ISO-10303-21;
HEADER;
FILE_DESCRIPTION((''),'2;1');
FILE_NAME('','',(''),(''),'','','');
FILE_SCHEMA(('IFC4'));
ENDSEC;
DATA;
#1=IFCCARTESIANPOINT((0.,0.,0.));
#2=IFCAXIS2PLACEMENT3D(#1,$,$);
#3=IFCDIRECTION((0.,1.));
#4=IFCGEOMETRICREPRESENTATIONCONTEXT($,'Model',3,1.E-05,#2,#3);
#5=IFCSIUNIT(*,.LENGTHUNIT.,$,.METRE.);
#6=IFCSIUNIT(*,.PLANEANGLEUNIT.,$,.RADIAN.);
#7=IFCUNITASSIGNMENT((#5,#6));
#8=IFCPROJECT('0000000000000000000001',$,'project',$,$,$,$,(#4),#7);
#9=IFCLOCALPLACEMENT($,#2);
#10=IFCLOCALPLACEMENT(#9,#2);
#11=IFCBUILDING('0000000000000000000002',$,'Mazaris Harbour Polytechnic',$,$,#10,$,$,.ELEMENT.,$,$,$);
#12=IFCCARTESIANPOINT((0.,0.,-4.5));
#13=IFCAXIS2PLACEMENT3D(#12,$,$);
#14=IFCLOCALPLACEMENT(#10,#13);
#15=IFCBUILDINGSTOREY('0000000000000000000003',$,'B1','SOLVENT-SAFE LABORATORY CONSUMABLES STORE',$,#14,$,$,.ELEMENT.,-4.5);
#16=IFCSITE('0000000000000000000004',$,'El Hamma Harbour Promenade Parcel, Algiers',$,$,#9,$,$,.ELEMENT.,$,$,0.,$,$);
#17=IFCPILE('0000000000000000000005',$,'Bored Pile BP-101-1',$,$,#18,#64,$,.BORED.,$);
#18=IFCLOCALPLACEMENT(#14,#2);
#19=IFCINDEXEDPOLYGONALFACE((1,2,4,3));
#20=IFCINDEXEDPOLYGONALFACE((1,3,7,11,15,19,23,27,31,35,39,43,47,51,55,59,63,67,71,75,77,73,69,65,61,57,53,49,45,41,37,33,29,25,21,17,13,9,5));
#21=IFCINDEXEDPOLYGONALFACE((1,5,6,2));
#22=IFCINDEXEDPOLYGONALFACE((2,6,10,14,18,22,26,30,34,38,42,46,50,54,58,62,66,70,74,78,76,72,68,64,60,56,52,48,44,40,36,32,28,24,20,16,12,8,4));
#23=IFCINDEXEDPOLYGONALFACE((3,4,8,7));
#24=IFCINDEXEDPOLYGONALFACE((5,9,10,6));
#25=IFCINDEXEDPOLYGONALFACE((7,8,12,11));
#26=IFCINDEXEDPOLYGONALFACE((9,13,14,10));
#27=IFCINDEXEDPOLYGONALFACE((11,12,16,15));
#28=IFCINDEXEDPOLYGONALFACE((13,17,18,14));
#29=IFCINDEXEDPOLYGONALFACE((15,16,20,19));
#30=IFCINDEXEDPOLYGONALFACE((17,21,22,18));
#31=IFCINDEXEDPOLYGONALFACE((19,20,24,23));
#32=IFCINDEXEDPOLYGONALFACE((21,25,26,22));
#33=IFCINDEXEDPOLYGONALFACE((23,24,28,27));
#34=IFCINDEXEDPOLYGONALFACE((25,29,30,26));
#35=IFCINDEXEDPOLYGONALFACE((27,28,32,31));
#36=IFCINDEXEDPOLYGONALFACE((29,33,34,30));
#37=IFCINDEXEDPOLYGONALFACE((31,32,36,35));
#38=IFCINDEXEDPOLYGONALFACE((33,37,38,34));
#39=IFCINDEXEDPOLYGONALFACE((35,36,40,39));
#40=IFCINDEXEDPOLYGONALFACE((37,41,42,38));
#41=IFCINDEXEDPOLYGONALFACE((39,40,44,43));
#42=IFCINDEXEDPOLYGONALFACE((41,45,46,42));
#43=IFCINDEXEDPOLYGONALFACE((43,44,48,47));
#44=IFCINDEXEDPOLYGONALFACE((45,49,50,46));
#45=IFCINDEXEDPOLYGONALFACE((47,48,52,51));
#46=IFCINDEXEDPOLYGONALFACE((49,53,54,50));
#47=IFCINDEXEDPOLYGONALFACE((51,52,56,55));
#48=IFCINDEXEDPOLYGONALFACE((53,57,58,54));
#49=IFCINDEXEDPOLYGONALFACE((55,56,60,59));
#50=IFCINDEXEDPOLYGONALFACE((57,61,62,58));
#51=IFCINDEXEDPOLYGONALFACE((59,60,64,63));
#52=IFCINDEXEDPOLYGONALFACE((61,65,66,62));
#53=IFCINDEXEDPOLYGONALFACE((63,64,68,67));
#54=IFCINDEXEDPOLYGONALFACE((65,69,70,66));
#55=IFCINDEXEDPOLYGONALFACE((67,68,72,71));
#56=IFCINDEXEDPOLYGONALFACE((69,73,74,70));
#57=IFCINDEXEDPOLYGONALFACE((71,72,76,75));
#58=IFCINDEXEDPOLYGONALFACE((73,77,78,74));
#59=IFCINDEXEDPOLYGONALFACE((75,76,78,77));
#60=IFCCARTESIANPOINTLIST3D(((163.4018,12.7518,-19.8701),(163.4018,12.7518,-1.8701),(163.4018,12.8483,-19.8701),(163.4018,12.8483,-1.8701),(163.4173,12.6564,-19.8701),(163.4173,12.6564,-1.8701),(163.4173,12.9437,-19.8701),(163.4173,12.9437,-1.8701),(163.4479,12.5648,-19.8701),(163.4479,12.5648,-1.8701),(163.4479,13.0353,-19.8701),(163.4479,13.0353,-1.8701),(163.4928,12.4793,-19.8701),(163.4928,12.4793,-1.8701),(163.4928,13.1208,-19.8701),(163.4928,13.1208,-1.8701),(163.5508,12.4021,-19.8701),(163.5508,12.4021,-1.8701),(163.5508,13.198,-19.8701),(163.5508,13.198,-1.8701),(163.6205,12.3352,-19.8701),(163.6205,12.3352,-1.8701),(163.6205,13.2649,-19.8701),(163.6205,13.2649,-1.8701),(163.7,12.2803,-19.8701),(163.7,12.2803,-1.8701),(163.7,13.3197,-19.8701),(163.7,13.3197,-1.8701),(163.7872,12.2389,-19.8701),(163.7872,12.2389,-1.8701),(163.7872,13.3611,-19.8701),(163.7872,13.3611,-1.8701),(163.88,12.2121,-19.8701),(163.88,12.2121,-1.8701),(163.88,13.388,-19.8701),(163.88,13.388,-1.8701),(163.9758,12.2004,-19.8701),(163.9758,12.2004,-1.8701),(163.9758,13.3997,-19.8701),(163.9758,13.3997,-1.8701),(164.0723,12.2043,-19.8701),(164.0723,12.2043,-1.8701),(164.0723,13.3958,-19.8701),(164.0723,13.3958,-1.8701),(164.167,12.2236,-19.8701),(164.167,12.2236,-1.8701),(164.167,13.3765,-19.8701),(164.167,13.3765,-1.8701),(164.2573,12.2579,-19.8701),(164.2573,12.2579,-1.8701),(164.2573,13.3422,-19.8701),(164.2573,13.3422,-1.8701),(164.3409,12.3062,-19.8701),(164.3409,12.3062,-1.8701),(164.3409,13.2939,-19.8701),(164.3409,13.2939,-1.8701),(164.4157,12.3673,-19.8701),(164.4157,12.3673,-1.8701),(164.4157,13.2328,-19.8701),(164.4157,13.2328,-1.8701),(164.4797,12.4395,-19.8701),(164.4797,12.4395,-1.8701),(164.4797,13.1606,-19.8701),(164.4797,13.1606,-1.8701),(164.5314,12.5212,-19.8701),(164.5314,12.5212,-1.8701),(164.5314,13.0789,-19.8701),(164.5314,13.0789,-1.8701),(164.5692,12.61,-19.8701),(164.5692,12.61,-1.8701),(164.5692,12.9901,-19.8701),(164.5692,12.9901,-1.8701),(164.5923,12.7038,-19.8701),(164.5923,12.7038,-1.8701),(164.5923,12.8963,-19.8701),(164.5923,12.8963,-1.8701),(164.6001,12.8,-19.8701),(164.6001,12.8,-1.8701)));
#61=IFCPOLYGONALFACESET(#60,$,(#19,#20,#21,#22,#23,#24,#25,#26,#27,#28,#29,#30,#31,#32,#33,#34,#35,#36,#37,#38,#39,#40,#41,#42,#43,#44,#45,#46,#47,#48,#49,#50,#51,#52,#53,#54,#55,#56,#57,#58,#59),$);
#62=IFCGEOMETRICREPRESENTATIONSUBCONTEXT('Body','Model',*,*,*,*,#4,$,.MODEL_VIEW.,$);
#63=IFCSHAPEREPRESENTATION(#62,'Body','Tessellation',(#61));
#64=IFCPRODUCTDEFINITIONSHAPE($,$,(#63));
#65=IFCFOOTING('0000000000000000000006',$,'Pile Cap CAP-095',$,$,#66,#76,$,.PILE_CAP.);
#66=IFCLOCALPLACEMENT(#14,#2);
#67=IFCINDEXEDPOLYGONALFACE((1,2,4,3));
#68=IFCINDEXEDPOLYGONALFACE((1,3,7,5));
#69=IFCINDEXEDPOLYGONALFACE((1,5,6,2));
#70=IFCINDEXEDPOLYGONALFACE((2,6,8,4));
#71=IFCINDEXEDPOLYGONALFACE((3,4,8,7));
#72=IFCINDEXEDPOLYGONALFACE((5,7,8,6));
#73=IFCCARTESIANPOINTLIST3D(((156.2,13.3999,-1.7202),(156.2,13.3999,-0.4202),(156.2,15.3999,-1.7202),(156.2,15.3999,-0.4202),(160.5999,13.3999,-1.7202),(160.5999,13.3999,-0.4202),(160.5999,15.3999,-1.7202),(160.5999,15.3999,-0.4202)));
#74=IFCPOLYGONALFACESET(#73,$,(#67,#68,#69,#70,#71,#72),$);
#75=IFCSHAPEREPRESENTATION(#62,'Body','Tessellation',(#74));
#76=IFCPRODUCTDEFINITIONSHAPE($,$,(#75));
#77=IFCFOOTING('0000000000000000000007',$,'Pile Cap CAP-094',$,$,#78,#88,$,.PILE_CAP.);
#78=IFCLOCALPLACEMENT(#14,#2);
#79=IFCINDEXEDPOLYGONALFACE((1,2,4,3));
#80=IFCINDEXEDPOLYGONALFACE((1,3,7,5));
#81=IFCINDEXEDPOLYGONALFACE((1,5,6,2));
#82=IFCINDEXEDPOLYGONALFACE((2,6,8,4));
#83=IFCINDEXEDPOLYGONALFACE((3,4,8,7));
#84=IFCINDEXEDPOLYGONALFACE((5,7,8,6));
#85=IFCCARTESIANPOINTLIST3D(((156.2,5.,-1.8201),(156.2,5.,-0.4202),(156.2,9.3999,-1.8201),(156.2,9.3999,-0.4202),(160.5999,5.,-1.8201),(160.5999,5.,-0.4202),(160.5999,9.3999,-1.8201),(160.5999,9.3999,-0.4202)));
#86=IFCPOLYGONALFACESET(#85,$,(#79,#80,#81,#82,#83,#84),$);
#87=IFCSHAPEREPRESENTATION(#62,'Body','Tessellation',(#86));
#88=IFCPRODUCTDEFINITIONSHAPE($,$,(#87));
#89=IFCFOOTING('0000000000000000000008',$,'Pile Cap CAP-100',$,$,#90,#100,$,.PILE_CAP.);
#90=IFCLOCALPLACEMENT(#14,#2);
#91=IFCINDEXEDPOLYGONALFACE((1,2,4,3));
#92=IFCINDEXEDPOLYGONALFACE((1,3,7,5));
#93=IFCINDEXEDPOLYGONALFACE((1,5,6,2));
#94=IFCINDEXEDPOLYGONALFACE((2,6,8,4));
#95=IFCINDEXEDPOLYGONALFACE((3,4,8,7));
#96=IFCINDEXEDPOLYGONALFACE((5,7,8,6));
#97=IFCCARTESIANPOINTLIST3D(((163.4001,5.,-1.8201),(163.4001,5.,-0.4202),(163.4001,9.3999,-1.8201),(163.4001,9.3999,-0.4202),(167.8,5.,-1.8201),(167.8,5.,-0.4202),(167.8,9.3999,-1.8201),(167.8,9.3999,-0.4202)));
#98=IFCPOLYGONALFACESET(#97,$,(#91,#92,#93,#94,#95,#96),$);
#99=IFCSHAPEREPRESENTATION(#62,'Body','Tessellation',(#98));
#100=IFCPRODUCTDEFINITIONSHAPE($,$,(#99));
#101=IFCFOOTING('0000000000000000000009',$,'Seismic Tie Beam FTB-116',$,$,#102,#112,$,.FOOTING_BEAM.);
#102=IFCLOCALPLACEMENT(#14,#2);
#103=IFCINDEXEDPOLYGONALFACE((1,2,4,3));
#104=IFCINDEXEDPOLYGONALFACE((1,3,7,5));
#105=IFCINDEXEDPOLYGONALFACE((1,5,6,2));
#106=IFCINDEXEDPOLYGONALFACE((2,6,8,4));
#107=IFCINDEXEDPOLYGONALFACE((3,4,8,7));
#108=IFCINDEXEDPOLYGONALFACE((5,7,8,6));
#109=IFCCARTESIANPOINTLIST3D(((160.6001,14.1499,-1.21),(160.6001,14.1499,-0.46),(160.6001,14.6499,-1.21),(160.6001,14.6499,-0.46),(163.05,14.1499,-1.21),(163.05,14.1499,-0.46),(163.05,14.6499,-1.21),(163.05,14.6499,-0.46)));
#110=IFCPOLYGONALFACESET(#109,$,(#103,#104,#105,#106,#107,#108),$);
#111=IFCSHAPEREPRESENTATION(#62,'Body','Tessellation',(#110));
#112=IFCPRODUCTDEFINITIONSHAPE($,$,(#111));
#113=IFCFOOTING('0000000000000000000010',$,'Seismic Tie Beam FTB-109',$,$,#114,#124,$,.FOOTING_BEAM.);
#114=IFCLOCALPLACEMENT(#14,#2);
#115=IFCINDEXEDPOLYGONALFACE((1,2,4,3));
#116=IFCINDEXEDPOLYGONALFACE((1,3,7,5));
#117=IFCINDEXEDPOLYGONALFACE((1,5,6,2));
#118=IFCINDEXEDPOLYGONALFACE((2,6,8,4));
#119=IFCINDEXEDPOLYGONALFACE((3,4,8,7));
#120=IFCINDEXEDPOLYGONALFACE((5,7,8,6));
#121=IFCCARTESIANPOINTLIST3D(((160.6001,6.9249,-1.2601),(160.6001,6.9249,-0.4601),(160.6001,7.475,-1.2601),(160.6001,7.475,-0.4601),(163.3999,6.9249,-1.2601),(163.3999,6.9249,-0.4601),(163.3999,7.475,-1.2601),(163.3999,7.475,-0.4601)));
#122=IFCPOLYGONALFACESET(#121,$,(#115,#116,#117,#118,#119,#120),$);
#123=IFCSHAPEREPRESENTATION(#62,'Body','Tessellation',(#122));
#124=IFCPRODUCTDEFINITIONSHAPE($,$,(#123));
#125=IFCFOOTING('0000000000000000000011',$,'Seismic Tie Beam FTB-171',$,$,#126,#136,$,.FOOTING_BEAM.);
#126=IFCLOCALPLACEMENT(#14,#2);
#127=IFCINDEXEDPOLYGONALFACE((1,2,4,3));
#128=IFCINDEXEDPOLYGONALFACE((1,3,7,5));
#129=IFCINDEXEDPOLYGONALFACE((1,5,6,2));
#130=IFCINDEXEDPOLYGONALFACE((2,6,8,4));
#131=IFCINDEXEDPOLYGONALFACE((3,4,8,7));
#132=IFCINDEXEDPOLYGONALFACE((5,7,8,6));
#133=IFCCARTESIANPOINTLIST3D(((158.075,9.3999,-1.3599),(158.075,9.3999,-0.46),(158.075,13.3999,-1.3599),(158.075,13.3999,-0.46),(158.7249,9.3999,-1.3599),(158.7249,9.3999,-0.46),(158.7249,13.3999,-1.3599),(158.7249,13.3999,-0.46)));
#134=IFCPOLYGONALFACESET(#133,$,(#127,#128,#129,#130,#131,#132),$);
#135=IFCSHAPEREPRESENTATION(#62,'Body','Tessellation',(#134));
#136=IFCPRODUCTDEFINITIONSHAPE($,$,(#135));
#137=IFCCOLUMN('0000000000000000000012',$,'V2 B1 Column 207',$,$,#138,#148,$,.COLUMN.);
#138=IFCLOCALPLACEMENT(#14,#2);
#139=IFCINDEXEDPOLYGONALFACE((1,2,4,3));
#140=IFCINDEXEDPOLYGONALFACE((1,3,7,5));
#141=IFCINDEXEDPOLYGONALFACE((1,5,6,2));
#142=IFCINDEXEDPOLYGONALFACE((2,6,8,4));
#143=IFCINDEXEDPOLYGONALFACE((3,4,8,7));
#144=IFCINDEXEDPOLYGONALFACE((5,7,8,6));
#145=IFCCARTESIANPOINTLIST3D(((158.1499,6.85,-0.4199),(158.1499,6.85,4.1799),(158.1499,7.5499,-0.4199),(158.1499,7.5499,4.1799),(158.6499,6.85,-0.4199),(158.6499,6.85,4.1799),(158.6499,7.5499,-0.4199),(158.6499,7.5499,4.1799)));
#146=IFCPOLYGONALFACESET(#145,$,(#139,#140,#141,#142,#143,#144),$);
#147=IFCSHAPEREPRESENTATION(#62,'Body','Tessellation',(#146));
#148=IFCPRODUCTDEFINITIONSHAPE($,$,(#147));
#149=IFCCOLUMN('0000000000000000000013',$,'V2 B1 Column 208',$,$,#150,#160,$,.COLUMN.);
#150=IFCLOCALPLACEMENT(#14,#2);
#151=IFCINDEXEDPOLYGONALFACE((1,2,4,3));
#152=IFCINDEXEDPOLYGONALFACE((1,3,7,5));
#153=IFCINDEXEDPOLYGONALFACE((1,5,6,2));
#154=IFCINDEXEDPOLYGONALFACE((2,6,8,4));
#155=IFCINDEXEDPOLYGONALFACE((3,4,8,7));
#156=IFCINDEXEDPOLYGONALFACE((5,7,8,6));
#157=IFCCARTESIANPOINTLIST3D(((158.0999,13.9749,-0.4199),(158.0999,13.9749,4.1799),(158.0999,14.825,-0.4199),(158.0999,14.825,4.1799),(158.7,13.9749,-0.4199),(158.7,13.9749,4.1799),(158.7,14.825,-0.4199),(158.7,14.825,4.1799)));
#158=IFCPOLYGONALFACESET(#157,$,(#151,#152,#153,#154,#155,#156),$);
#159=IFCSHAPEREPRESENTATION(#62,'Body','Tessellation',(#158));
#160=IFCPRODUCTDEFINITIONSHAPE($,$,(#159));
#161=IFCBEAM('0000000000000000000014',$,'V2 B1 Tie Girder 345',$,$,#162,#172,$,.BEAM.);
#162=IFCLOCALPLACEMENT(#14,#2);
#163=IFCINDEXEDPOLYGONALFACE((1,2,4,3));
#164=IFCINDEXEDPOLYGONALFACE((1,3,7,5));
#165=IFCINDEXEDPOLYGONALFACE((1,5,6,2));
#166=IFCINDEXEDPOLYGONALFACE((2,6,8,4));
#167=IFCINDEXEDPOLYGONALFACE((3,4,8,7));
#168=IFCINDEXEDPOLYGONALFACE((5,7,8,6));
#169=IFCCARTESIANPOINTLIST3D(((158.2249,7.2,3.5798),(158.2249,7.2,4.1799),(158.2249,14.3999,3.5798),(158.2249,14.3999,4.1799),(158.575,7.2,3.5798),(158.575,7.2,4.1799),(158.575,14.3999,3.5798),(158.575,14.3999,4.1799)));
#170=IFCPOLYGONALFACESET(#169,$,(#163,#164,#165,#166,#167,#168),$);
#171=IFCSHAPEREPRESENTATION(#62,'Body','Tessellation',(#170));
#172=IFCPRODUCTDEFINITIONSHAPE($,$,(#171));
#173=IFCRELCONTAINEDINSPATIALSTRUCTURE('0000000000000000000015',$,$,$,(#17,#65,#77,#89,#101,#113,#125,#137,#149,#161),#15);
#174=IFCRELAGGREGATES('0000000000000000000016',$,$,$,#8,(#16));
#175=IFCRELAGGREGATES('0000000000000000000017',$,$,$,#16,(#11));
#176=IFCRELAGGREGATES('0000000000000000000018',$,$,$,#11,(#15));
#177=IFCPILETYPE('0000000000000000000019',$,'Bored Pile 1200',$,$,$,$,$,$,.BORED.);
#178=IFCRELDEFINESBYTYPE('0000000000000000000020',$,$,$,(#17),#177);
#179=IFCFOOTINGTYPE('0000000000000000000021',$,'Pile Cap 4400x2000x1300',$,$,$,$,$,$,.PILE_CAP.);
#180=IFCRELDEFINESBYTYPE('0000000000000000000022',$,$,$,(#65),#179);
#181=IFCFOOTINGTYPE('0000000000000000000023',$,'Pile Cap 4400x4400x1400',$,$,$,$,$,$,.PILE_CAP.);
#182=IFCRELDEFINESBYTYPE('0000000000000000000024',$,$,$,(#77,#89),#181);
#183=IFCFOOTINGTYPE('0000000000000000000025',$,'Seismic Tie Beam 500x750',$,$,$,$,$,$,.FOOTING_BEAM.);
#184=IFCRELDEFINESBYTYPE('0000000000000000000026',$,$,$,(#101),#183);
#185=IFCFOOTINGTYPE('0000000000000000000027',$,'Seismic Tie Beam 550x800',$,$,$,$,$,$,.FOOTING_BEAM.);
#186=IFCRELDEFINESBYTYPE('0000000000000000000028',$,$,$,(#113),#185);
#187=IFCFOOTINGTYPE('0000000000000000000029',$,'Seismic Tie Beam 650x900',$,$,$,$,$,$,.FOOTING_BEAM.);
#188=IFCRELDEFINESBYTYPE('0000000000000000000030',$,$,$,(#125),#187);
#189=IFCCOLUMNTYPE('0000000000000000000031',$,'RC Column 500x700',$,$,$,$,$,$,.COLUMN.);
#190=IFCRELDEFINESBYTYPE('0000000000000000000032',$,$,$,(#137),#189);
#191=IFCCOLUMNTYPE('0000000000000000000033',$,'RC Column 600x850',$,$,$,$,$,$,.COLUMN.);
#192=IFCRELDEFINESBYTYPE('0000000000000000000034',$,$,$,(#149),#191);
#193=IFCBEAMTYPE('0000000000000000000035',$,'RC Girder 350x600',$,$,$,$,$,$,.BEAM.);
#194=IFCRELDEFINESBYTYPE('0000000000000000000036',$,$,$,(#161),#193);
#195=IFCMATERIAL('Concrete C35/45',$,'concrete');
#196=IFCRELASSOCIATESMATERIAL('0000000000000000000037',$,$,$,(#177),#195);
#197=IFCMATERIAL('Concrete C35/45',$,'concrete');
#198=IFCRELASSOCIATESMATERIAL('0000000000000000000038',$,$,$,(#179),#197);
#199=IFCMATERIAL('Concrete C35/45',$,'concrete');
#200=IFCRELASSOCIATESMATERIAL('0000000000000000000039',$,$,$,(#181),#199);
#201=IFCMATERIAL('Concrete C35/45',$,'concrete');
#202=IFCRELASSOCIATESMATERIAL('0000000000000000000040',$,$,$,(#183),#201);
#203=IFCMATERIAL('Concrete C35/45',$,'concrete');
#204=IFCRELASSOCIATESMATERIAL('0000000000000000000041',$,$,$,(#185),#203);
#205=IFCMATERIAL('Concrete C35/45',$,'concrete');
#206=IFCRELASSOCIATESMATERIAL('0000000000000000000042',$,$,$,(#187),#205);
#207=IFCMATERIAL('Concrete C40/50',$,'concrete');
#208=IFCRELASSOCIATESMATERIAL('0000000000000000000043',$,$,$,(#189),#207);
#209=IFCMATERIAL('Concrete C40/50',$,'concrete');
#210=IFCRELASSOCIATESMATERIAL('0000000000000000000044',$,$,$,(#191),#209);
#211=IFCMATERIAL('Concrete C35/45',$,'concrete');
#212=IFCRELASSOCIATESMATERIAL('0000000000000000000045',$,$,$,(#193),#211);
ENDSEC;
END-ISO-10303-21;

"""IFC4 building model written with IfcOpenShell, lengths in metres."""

from ifc_helpers import new_model, si_unit, direction, frame, origin, origin_2d, place, context, subcontext, project, spatial, rectangle, circle, extrude, material, material_profile, profile_set, type_object, element, save


model = new_model("IFC4")

# Units and contexts
model_context = context("Model", 3, precision=1e-05, world=origin(), true_north=direction((0.0, 1.0)))
body_context = subcontext(model_context, "Body", "Model", "MODEL_VIEW")
ifc_project = project(units=[si_unit("LENGTHUNIT", "METRE"), si_unit("PLANEANGLEUNIT", "RADIAN")], contexts=[model_context])

# Site, building, storey
site_placement = place(None, origin())
site = spatial("IfcSite", under=ifc_project, at=site_placement, Name="El Hamma Harbour Promenade Parcel, Algiers", CompositionType="ELEMENT", RefElevation=0.0)
building_placement = place(site_placement, origin())
building = spatial("IfcBuilding", under=site, at=building_placement, Name="Mazaris Harbour Polytechnic", CompositionType="ELEMENT")
storey_placement = place(building_placement, frame((0.0, 0.0, -4.5)))
storey = spatial("IfcBuildingStorey", under=building, at=storey_placement, Name="B1", Description="SOLVENT-SAFE LABORATORY CONSUMABLES STORE", CompositionType="ELEMENT", Elevation=-4.5)

# Pile
ifc_material_1 = material(Name="Concrete C35/45", Category="concrete")
ifc_material_profile_1 = material_profile(ifc_material_1, circle(Radius=0.6001, at=origin_2d()), Name="DIA1200")
ifc_profile_set_1 = profile_set([ifc_material_profile_1], Name="Concrete C35/45")
pile_type_1 = type_object("IfcPileType", Name="Bored Pile 1200", PredefinedType="BORED", material=ifc_profile_set_1)
pile_placement = place(storey_placement, frame((164.0, 12.8, -1.8701), z_axis=(0.0, 0.0, -1.0), x_axis=(1.0, 0.0, 0.0)))
element("IfcPile", 1, at=pile_placement, inside=storey, type_object=pile_type_1, Name="Bored Pile BP-101-1", PredefinedType="BORED", context=body_context, shape_type="SweptSolid", body=[
    extrude(circle(Radius=0.6001, at=origin_2d()), origin(), (0.0, 0.0, 1.0), 18.0),
])

# Footings
ifc_material_2 = material(Name="Concrete C35/45", Category="concrete")
footing_type_1 = type_object("IfcFootingType", Name="Pile Cap 4400x2000x1300", PredefinedType="PILE_CAP", material=ifc_material_2)
footing_1_placement = place(storey_placement, frame((158.3999, 14.3999, -1.7202), z_axis=(0.0, 0.0, 1.0), x_axis=(1.0, 0.0, 0.0)))
element("IfcFooting", 2, at=footing_1_placement, inside=storey, type_object=footing_type_1, Name="Pile Cap CAP-095", PredefinedType="PILE_CAP", context=body_context, shape_type="SweptSolid", body=[
    extrude(rectangle(XDim=4.3999, YDim=2.0, at=origin_2d()), origin(), (0.0, 0.0, 1.0), 1.3),
])
ifc_material_3 = material(Name="Concrete C35/45", Category="concrete")
footing_type_2 = type_object("IfcFootingType", Name="Pile Cap 4400x4400x1400", PredefinedType="PILE_CAP", material=ifc_material_3)
for number, where, z_axis, x_axis, name in (
    (3, (158.3999, 7.2, -1.8201), (0.0, 0.0, 1.0), (1.0, 0.0, 0.0), "Pile Cap CAP-094"),
    (4, (165.6001, 7.2, -1.8201), (0.0, 0.0, 1.0), (1.0, 0.0, 0.0), "Pile Cap CAP-100"),
):
    element("IfcFooting", number, at=place(storey_placement, frame(where, z_axis=z_axis, x_axis=x_axis)), inside=storey, type_object=footing_type_2, Name=name, PredefinedType="PILE_CAP", context=body_context, shape_type="SweptSolid", body=[
        extrude(rectangle(XDim=4.3999, YDim=4.3999, at=origin_2d()), origin(), (0.0, 0.0, 1.0), 1.3999),
    ])
ifc_material_4 = material(Name="Concrete C35/45", Category="concrete")
ifc_material_profile_2 = material_profile(ifc_material_4, rectangle(XDim=0.5, YDim=0.75, at=origin_2d()), Name="RECT500x750")
ifc_profile_set_2 = profile_set([ifc_material_profile_2], Name="Concrete C35/45")
footing_type_3 = type_object("IfcFootingType", Name="Seismic Tie Beam 500x750", PredefinedType="FOOTING_BEAM", material=ifc_profile_set_2)
footing_2_placement = place(storey_placement, frame((160.6001, 14.3999, -0.835), z_axis=(1.0, 0.0, 0.0), x_axis=(0.0, 1.0, 0.0)))
element("IfcFooting", 5, at=footing_2_placement, inside=storey, type_object=footing_type_3, Name="Seismic Tie Beam FTB-116", PredefinedType="FOOTING_BEAM", context=body_context, shape_type="SweptSolid", body=[
    extrude(rectangle(XDim=0.5, YDim=0.75, at=origin_2d()), origin(), (0.0, 0.0, 1.0), 2.45),
])
ifc_material_5 = material(Name="Concrete C35/45", Category="concrete")
ifc_material_profile_3 = material_profile(ifc_material_5, rectangle(XDim=0.55, YDim=0.8, at=origin_2d()), Name="RECT550x800")
ifc_profile_set_3 = profile_set([ifc_material_profile_3], Name="Concrete C35/45")
footing_type_4 = type_object("IfcFootingType", Name="Seismic Tie Beam 550x800", PredefinedType="FOOTING_BEAM", material=ifc_profile_set_3)
footing_3_placement = place(storey_placement, frame((160.6001, 7.2, -0.8601), z_axis=(1.0, 0.0, 0.0), x_axis=(0.0, 1.0, 0.0)))
element("IfcFooting", 6, at=footing_3_placement, inside=storey, type_object=footing_type_4, Name="Seismic Tie Beam FTB-109", PredefinedType="FOOTING_BEAM", context=body_context, shape_type="SweptSolid", body=[
    extrude(rectangle(XDim=0.55, YDim=0.8, at=origin_2d()), origin(), (0.0, 0.0, 1.0), 2.7998),
])
ifc_material_6 = material(Name="Concrete C35/45", Category="concrete")
ifc_material_profile_4 = material_profile(ifc_material_6, rectangle(XDim=0.6499, YDim=0.8999, at=origin_2d()), Name="RECT650x900")
ifc_profile_set_4 = profile_set([ifc_material_profile_4], Name="Concrete C35/45")
footing_type_5 = type_object("IfcFootingType", Name="Seismic Tie Beam 650x900", PredefinedType="FOOTING_BEAM", material=ifc_profile_set_4)
footing_4_placement = place(storey_placement, frame((158.3999, 9.3999, -0.9099), z_axis=(0.0, 1.0, 0.0), x_axis=(-1.0, 0.0, 0.0)))
element("IfcFooting", 7, at=footing_4_placement, inside=storey, type_object=footing_type_5, Name="Seismic Tie Beam FTB-171", PredefinedType="FOOTING_BEAM", context=body_context, shape_type="SweptSolid", body=[
    extrude(rectangle(XDim=0.6499, YDim=0.8999, at=origin_2d()), origin(), (0.0, 0.0, 1.0), 4.0),
])

# Columns
ifc_material_7 = material(Name="Concrete C40/50", Category="concrete")
ifc_material_profile_5 = material_profile(ifc_material_7, rectangle(XDim=0.5, YDim=0.7, at=origin_2d()), Name="RECT500x700")
ifc_profile_set_5 = profile_set([ifc_material_profile_5], Name="Concrete C40/50")
column_type_1 = type_object("IfcColumnType", Name="RC Column 500x700", PredefinedType="COLUMN", material=ifc_profile_set_5)
column_1_placement = place(storey_placement, frame((158.3999, 7.2, -0.4199), z_axis=(0.0, 0.0, 1.0), x_axis=(1.0, 0.0, 0.0)))
element("IfcColumn", 8, at=column_1_placement, inside=storey, type_object=column_type_1, Name="V2 B1 Column 207", PredefinedType="COLUMN", context=body_context, shape_type="SweptSolid", body=[
    extrude(rectangle(XDim=0.5, YDim=0.7, at=origin_2d()), origin(), (0.0, 0.0, 1.0), 4.5999),
])
ifc_material_8 = material(Name="Concrete C40/50", Category="concrete")
ifc_material_profile_6 = material_profile(ifc_material_8, rectangle(XDim=0.6001, YDim=0.8501, at=origin_2d()), Name="RECT600x850")
ifc_profile_set_6 = profile_set([ifc_material_profile_6], Name="Concrete C40/50")
column_type_2 = type_object("IfcColumnType", Name="RC Column 600x850", PredefinedType="COLUMN", material=ifc_profile_set_6)
column_2_placement = place(storey_placement, frame((158.3999, 14.3999, -0.4199), z_axis=(0.0, 0.0, 1.0), x_axis=(1.0, 0.0, 0.0)))
element("IfcColumn", 9, at=column_2_placement, inside=storey, type_object=column_type_2, Name="V2 B1 Column 208", PredefinedType="COLUMN", context=body_context, shape_type="SweptSolid", body=[
    extrude(rectangle(XDim=0.6001, YDim=0.8501, at=origin_2d()), origin(), (0.0, 0.0, 1.0), 4.5999),
])

# Beam
ifc_material_9 = material(Name="Concrete C35/45", Category="concrete")
ifc_material_profile_7 = material_profile(ifc_material_9, rectangle(XDim=0.3501, YDim=0.6001, at=origin_2d()), Name="RECT350x600")
ifc_profile_set_7 = profile_set([ifc_material_profile_7], Name="Concrete C35/45")
beam_type_1 = type_object("IfcBeamType", Name="RC Girder 350x600", PredefinedType="BEAM", material=ifc_profile_set_7)
beam_1_placement = place(storey_placement, frame((158.3999, 7.2, 3.8799), z_axis=(0.0, 1.0, 0.0), x_axis=(-1.0, 0.0, 0.0)))
element("IfcBeam", 10, at=beam_1_placement, inside=storey, type_object=beam_type_1, Name="V2 B1 Tie Girder 345", PredefinedType="BEAM", context=body_context, shape_type="SweptSolid", body=[
    extrude(rectangle(XDim=0.3501, YDim=0.6001, at=origin_2d()), origin(), (0.0, 0.0, 1.0), 7.2),
])

save(model, "model.ifc")
